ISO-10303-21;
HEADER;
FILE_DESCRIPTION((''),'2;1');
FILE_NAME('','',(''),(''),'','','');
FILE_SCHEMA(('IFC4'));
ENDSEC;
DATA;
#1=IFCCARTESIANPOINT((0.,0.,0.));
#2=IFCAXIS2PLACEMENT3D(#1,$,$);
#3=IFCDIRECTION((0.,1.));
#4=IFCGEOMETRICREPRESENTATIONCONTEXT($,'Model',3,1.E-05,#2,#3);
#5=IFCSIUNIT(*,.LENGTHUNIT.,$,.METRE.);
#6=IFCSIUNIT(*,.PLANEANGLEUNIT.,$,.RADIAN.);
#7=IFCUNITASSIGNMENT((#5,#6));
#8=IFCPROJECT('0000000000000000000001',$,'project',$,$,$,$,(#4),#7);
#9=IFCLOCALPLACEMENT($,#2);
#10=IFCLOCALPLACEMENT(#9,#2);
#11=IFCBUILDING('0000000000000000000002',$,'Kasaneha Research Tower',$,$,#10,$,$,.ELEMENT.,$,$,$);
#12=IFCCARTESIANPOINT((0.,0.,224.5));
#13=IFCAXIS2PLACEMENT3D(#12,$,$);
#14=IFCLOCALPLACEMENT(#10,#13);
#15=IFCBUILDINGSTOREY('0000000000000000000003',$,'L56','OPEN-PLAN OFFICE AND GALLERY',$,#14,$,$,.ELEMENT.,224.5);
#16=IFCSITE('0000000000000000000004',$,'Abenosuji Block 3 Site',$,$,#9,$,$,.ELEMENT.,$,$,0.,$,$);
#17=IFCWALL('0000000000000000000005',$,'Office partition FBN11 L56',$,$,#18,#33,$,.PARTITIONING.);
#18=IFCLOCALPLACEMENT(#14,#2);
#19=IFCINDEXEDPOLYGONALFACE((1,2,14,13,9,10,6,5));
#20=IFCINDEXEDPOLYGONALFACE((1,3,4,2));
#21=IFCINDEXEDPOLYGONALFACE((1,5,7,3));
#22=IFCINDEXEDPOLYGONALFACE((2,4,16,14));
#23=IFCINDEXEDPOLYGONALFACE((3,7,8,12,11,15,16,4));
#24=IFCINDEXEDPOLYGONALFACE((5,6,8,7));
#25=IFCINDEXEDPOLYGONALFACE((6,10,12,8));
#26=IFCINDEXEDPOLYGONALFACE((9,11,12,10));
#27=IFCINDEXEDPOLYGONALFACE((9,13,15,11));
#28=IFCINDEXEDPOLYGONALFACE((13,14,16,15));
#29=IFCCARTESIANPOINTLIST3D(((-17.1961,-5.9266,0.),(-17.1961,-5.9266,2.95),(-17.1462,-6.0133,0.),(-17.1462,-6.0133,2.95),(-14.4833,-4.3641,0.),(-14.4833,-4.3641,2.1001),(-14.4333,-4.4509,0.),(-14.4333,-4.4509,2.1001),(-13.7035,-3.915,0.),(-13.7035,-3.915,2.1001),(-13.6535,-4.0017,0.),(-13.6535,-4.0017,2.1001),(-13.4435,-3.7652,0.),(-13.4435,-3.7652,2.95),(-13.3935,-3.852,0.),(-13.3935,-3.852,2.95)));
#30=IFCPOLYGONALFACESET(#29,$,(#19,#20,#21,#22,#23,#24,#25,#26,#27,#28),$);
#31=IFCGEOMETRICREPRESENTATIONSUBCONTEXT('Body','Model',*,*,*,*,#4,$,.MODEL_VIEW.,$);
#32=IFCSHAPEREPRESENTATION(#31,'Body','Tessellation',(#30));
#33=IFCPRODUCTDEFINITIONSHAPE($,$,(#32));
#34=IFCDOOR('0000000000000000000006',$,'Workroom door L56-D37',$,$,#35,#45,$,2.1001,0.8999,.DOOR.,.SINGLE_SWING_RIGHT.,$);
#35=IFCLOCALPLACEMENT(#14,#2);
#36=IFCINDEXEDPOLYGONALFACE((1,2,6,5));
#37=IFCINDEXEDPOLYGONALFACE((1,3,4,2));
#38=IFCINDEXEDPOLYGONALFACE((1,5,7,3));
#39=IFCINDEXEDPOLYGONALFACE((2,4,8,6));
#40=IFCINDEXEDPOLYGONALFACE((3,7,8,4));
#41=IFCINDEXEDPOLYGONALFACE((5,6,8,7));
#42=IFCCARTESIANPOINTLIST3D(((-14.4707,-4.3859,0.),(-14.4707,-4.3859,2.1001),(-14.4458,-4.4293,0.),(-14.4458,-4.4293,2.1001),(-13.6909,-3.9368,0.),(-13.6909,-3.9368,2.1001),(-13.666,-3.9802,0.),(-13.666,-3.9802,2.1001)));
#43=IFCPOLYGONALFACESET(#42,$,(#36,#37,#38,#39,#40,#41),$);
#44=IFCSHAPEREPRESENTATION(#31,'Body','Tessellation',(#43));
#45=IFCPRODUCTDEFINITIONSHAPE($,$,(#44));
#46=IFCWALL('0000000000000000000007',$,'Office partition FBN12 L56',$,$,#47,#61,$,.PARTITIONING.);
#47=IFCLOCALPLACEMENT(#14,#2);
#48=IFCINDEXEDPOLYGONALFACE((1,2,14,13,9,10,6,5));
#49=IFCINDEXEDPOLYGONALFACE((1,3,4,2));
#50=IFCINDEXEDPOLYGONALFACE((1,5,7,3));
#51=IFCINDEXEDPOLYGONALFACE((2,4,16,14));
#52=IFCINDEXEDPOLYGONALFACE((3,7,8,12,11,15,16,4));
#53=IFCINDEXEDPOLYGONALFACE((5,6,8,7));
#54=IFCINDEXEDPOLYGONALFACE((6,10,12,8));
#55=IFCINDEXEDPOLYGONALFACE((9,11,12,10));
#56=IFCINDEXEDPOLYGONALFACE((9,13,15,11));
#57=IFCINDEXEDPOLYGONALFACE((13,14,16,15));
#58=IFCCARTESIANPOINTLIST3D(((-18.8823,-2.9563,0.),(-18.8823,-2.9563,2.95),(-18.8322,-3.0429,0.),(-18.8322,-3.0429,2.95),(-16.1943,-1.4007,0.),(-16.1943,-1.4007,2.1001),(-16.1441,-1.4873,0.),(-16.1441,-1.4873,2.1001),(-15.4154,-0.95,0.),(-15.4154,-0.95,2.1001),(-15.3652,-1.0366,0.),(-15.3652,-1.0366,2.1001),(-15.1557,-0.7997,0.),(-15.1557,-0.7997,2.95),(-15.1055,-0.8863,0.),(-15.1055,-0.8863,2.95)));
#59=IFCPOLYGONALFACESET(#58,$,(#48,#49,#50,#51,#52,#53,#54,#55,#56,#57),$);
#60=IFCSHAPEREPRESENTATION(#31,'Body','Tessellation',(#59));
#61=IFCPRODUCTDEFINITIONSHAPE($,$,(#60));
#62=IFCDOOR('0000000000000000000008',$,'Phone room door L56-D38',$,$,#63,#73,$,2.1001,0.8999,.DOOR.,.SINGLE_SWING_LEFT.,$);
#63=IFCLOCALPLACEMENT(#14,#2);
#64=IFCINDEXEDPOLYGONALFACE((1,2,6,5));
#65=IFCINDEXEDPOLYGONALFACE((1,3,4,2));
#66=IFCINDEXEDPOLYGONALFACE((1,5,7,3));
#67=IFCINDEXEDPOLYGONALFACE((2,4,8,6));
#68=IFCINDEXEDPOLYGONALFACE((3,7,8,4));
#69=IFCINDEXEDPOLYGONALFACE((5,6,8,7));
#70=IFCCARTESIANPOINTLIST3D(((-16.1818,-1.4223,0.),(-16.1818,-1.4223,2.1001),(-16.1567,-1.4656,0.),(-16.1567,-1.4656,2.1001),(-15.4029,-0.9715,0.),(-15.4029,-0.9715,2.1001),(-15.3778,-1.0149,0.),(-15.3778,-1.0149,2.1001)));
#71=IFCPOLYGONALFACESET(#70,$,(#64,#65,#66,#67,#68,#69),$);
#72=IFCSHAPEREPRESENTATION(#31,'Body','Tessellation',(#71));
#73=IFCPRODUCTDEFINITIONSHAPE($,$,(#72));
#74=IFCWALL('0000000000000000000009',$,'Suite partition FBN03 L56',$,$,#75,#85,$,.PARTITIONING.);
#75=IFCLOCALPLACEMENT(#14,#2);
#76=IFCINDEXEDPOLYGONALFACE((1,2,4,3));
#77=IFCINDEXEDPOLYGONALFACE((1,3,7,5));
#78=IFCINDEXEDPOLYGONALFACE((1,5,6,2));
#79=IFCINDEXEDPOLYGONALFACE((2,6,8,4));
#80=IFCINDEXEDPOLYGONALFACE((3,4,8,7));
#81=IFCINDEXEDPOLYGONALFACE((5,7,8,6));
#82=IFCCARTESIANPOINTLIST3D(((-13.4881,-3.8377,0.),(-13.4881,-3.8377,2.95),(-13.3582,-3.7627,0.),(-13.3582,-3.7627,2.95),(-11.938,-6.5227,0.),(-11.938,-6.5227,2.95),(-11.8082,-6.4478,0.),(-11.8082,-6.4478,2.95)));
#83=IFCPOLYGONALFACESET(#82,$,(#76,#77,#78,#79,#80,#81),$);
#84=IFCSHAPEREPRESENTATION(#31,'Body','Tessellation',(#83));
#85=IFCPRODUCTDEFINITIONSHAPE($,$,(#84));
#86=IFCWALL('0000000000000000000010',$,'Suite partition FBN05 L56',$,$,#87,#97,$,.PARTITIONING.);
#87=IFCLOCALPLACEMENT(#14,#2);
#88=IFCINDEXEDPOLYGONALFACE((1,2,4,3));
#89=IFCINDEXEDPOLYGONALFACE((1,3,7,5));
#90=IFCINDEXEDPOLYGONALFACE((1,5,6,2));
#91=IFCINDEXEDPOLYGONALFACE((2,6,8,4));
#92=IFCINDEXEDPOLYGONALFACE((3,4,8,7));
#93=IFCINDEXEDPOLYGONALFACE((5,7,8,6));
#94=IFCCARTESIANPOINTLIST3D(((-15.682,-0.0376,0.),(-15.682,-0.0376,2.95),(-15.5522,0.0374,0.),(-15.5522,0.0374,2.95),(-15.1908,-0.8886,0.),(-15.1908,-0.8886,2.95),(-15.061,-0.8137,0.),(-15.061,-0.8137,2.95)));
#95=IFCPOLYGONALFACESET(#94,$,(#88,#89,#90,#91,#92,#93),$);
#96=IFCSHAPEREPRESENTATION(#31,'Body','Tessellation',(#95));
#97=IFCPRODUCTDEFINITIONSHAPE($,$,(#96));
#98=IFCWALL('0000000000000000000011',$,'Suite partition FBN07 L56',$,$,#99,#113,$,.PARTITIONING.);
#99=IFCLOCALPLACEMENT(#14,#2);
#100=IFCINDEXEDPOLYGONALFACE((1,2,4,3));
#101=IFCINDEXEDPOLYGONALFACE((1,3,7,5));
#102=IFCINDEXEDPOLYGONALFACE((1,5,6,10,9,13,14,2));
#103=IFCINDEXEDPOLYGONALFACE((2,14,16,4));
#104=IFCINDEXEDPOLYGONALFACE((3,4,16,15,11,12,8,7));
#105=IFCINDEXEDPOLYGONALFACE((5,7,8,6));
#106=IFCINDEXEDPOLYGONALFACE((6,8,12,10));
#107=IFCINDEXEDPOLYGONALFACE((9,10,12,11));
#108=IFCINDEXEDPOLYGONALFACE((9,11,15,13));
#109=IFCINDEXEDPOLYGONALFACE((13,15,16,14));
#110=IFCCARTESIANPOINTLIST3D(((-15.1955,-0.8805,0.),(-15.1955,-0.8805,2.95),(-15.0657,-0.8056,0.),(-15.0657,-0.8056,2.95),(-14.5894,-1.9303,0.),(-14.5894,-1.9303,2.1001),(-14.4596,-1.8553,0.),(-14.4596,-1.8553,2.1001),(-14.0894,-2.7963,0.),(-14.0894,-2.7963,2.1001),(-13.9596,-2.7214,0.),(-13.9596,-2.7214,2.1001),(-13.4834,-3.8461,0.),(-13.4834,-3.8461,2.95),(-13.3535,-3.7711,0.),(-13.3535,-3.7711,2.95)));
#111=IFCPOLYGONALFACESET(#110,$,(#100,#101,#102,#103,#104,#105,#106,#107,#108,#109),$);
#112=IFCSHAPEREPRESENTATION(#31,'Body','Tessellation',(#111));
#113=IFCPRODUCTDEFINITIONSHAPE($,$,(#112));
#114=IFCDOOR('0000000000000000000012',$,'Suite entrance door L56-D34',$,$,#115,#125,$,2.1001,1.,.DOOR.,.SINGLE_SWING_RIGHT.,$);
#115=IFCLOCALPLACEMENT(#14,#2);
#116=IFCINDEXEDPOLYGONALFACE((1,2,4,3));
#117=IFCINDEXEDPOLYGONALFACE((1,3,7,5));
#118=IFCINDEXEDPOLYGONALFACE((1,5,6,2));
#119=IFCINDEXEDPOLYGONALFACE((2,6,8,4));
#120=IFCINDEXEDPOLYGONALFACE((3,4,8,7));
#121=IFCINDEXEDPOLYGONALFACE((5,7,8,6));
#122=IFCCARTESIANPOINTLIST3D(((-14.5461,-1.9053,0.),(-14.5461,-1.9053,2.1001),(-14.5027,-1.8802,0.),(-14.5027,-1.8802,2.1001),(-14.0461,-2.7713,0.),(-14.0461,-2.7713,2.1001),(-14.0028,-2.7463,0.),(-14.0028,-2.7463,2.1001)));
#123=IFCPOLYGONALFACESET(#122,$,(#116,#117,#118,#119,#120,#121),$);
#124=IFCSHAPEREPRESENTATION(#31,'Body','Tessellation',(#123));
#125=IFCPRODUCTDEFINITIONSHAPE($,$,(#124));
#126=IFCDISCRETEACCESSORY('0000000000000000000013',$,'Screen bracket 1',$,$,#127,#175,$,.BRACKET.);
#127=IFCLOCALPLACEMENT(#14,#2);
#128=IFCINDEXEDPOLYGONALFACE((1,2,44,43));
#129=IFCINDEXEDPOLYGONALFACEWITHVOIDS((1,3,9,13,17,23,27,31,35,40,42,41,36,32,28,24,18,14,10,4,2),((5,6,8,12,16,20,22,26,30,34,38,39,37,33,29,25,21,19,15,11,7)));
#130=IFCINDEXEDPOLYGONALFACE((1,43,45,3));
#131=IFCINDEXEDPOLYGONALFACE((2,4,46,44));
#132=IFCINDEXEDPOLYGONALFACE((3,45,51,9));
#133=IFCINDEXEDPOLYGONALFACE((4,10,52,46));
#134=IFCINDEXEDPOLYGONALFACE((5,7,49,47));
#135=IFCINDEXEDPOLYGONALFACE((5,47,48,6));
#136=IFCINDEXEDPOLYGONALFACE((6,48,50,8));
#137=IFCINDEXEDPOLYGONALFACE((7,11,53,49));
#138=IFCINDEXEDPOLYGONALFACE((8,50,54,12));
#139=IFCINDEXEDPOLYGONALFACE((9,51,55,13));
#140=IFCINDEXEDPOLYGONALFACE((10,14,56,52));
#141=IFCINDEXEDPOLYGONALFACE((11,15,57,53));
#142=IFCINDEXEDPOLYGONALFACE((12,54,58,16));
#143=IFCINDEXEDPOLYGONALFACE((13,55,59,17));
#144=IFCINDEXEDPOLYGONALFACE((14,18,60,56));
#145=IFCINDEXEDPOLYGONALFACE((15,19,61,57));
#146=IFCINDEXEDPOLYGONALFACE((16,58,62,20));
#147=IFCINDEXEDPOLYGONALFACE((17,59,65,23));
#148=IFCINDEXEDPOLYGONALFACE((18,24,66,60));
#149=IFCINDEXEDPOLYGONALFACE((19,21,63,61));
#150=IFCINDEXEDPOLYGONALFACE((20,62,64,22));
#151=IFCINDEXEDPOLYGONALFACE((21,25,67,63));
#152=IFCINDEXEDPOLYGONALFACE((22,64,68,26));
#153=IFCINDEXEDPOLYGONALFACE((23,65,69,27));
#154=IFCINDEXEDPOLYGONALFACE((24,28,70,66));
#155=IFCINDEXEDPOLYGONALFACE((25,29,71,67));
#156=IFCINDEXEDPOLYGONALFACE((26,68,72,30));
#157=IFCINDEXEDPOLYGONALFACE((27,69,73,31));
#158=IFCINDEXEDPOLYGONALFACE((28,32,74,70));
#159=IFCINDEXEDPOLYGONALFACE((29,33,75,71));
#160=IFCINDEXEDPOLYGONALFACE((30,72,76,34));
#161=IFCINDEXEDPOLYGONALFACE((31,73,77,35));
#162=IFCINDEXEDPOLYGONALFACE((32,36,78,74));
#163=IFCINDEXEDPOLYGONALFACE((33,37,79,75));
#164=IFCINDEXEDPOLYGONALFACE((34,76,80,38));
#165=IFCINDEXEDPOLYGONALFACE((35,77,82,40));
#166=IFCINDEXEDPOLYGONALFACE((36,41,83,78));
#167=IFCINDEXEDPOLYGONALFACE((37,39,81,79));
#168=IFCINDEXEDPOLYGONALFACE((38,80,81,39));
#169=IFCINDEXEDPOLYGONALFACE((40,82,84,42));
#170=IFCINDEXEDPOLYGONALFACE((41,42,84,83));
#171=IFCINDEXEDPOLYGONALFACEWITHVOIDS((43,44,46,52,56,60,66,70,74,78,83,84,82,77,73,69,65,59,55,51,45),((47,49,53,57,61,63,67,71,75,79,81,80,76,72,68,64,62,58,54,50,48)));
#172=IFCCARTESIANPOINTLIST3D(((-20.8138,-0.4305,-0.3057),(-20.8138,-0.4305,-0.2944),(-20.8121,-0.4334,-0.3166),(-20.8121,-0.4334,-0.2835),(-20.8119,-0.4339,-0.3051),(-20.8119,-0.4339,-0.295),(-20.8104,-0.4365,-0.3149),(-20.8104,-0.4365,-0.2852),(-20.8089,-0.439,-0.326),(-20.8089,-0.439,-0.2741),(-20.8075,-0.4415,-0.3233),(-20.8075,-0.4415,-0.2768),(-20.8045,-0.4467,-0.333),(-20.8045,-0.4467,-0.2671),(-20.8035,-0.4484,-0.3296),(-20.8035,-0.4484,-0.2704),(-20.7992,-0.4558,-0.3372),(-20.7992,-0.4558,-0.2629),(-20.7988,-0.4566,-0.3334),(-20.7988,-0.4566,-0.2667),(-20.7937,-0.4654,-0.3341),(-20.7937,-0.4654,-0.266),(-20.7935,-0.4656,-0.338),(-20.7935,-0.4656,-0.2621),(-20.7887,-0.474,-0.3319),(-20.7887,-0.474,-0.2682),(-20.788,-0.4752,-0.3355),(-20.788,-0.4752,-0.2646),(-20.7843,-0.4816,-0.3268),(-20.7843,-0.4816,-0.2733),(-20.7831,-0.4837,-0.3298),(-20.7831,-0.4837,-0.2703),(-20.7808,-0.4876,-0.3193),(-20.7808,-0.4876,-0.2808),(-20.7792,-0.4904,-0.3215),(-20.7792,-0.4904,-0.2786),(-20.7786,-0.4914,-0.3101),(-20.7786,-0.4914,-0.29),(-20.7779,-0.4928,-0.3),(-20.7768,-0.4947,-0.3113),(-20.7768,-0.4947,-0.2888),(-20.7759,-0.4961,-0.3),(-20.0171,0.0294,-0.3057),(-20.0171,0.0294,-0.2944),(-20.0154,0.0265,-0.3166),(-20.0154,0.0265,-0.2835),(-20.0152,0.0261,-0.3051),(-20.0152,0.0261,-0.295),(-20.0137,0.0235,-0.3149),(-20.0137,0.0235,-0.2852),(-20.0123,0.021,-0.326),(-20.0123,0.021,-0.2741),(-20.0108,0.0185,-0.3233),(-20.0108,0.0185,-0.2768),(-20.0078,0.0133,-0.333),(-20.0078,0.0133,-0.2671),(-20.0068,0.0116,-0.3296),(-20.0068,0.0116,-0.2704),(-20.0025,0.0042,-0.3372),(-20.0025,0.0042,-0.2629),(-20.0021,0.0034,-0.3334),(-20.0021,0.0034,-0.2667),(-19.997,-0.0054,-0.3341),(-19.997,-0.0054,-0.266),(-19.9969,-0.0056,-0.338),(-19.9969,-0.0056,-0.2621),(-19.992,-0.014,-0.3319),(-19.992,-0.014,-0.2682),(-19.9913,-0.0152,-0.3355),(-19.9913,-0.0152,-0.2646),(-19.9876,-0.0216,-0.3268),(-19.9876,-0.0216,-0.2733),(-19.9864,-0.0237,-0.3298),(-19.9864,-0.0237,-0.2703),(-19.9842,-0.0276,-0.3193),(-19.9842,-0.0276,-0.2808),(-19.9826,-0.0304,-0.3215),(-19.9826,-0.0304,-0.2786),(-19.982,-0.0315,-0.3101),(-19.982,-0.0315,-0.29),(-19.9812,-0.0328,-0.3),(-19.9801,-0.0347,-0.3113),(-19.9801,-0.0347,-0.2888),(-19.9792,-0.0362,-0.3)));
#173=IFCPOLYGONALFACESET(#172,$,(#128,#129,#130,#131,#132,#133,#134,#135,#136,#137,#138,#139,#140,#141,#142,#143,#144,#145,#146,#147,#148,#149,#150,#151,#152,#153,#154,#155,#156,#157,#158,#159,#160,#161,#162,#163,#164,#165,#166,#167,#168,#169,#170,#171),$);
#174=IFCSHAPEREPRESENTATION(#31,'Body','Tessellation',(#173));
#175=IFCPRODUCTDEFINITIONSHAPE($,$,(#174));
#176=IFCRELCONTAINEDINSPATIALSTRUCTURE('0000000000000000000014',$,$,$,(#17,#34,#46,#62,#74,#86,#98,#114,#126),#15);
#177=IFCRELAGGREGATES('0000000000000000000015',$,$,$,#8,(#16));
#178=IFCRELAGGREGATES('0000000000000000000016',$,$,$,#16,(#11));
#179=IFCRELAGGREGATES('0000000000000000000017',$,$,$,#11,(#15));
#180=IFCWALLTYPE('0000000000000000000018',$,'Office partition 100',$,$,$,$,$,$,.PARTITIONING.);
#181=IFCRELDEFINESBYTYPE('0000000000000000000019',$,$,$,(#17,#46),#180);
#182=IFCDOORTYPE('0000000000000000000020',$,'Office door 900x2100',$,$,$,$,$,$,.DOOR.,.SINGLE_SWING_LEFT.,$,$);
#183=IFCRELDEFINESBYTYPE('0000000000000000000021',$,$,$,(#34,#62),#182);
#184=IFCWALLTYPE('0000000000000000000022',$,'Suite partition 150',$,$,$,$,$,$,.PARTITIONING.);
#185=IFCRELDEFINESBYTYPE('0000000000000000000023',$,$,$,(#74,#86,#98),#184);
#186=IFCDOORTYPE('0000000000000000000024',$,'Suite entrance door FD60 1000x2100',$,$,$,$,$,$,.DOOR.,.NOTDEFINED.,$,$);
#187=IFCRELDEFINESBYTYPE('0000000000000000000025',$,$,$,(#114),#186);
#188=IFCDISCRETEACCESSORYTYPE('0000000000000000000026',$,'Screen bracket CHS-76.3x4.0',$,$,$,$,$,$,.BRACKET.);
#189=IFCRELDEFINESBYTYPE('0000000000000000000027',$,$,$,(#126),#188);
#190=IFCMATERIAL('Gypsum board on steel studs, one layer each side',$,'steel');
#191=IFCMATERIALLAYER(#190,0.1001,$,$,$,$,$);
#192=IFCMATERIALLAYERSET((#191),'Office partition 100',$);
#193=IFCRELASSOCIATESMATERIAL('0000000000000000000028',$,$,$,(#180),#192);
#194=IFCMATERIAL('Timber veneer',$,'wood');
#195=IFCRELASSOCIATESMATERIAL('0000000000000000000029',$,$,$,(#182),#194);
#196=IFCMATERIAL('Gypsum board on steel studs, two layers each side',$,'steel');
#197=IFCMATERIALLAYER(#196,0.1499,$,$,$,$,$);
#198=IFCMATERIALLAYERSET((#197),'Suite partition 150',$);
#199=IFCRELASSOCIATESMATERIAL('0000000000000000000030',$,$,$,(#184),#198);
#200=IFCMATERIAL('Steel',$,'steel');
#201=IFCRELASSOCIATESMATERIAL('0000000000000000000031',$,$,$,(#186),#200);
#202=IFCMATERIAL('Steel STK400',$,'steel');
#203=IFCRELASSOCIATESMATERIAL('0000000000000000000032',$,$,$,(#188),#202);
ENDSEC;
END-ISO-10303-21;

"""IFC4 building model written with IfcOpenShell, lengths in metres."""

from ifc_helpers import new_model, si_unit, direction, frame, frame_2d, origin, origin_2d, place, context, subcontext, project, spatial, rectangle, hollow_circle, extrude, material, layer, layer_set, material_profile, profile_set, type_object, element, fill, save


model = new_model("IFC4")

# Units and contexts
model_context = context("Model", 3, precision=1e-05, world=origin(), true_north=direction((0.0, 1.0)))
body_context = subcontext(model_context, "Body", "Model", "MODEL_VIEW")
ifc_project = project(units=[si_unit("LENGTHUNIT", "METRE"), si_unit("PLANEANGLEUNIT", "RADIAN")], contexts=[model_context])

# Site, building, storey
site_placement = place(None, origin())
site = spatial("IfcSite", under=ifc_project, at=site_placement, Name="Abenosuji Block 3 Site", CompositionType="ELEMENT", RefElevation=0.0)
building_placement = place(site_placement, origin())
building = spatial("IfcBuilding", under=site, at=building_placement, Name="Kasaneha Research Tower", CompositionType="ELEMENT")
storey_placement = place(building_placement, frame((0.0, 0.0, 224.5)))
storey = spatial("IfcBuildingStorey", under=building, at=storey_placement, Name="L56", Description="OPEN-PLAN OFFICE AND GALLERY", CompositionType="ELEMENT", Elevation=224.5)

# Walls, openings, doors
ifc_material_1 = material(Name="Gypsum board on steel studs, one layer each side", Category="steel")
ifc_layer_1 = layer(ifc_material_1, 0.1001)
ifc_layer_set_1 = layer_set([ifc_layer_1], Name="Office partition 100")
wall_type_1 = type_object("IfcWallType", Name="Office partition 100", PredefinedType="PARTITIONING", material=ifc_layer_set_1)
wall_1_placement = place(storey_placement, frame((-17.1711, -5.97, 0.0), z_axis=(0.0, 0.0, 1.0), x_axis=(0.866549, 0.499093, 0.0)))
wall_1 = element("IfcWall", 1, at=wall_1_placement, inside=storey, type_object=wall_type_1, Name="Office partition FBN11 L56", PredefinedType="PARTITIONING", context=body_context, shape_type="SweptSolid", body=[
    extrude(rectangle(XDim=4.3306, YDim=0.1001, at=frame_2d((2.1653, 0.0))), origin(), (0.0, 0.0, 1.0), 2.95),
])
opening_1_placement = place(wall_1_placement, frame((3.1306, 0.0, 0.0)))
opening_1 = element("IfcOpeningElement", 2, at=opening_1_placement, cuts=wall_1, PredefinedType="OPENING", context=body_context, shape_type="SweptSolid", body=[
    extrude(rectangle(XDim=0.8999, YDim=2.1001, at=frame_2d((0.45, 1.05))), frame((0.0, 0.0601, 0.0), z_axis=(0.0, -1.0, 0.0), x_axis=(1.0, 0.0, 0.0)), (0.0, 0.0, 1.0), 0.1201),
])
ifc_material_2 = material(Name="Timber veneer", Category="wood")
door_type_1 = type_object("IfcDoorType", Name="Office door 900x2100", OperationType="SINGLE_SWING_LEFT", PredefinedType="DOOR", material=ifc_material_2)
door_1_placement = place(opening_1_placement, origin())
door_1 = element("IfcDoor", 3, at=door_1_placement, inside=storey, type_object=door_type_1, Name="Workroom door L56-D37", OperationType="SINGLE_SWING_RIGHT", OverallHeight=2.1001, OverallWidth=0.8999, PredefinedType="DOOR", context=body_context, shape_type="SweptSolid", body=[
    extrude(rectangle(XDim=0.8999, YDim=2.1001, at=frame_2d((0.45, 1.05))), frame((0.0, 0.0249, 0.0), z_axis=(0.0, -1.0, 0.0), x_axis=(1.0, 0.0, 0.0)), (0.0, 0.0, 1.0), 0.05),
])
fill(opening_1, door_1)
wall_2_placement = place(storey_placement, frame((-15.1306, -0.843, 0.0), z_axis=(0.0, 0.0, 1.0), x_axis=(-0.865526, -0.500864, 0.0)))
wall_2 = element("IfcWall", 4, at=wall_2_placement, inside=storey, type_object=wall_type_1, Name="Office partition FBN12 L56", PredefinedType="PARTITIONING", context=body_context, shape_type="SweptSolid", body=[
    extrude(rectangle(XDim=4.3057, YDim=0.1001, at=frame_2d((2.1528, 0.0))), origin(), (0.0, 0.0, 1.0), 2.95),
])
opening_2_placement = place(wall_2_placement, frame((0.3, 0.0, 0.0)))
opening_2 = element("IfcOpeningElement", 5, at=opening_2_placement, cuts=wall_2, PredefinedType="OPENING", context=body_context, shape_type="SweptSolid", body=[
    extrude(rectangle(XDim=0.8999, YDim=2.1001, at=frame_2d((0.45, 1.05))), frame((0.0, 0.0601, 0.0), z_axis=(0.0, -1.0, 0.0), x_axis=(1.0, 0.0, 0.0)), (0.0, 0.0, 1.0), 0.1201),
])
door_2_placement = place(opening_2_placement, origin())
door_2 = element("IfcDoor", 6, at=door_2_placement, inside=storey, type_object=door_type_1, Name="Phone room door L56-D38", OperationType="SINGLE_SWING_LEFT", OverallHeight=2.1001, OverallWidth=0.8999, PredefinedType="DOOR", context=body_context, shape_type="SweptSolid", body=[
    extrude(rectangle(XDim=0.8999, YDim=2.1001, at=frame_2d((0.45, 1.05))), frame((0.0, 0.0249, 0.0), z_axis=(0.0, -1.0, 0.0), x_axis=(1.0, 0.0, 0.0)), (0.0, 0.0, 1.0), 0.05),
])
fill(opening_2, door_2)

# Walls
ifc_material_3 = material(Name="Gypsum board on steel studs, two layers each side", Category="steel")
ifc_layer_2 = layer(ifc_material_3, 0.1499)
ifc_layer_set_2 = layer_set([ifc_layer_2], Name="Suite partition 150")
wall_type_2 = type_object("IfcWallType", Name="Suite partition 150", PredefinedType="PARTITIONING", material=ifc_layer_set_2)
wall_3_placement = place(storey_placement, frame((-11.873, -6.4854, 0.0), z_axis=(0.0, 0.0, 1.0), x_axis=(-0.499959, 0.866049, 0.0)))
element("IfcWall", 7, at=wall_3_placement, inside=storey, type_object=wall_type_2, Name="Suite partition FBN03 L56", PredefinedType="PARTITIONING", context=body_context, shape_type="SweptSolid", body=[
    extrude(rectangle(XDim=3.1003, YDim=0.1499, at=frame_2d((1.5503, 0.0))), origin(), (0.0, 0.0, 1.0), 2.95),
])
wall_4_placement = place(storey_placement, frame((-15.126, -0.8511, 0.0), z_axis=(0.0, 0.0, 1.0), x_axis=(-0.49988, 0.866095, 0.0)))
element("IfcWall", 8, at=wall_4_placement, inside=storey, type_object=wall_type_2, Name="Suite partition FBN05 L56", PredefinedType="PARTITIONING", context=body_context, shape_type="SweptSolid", body=[
    extrude(rectangle(XDim=0.9827, YDim=0.1499, at=frame_2d((0.4912, 0.0))), origin(), (0.0, 0.0, 1.0), 2.95),
])

# Wall, opening, door
wall_5_placement = place(storey_placement, frame((-13.4185, -3.8086, 0.0), z_axis=(0.0, 0.0, 1.0), x_axis=(-0.499996, 0.866028, 0.0)))
wall_5 = element("IfcWall", 9, at=wall_5_placement, inside=storey, type_object=wall_type_2, Name="Suite partition FBN07 L56", PredefinedType="PARTITIONING", context=body_context, shape_type="SweptSolid", body=[
    extrude(rectangle(XDim=3.4243, YDim=0.1499, at=frame_2d((1.7122, 0.0))), origin(), (0.0, 0.0, 1.0), 2.95),
])
opening_3_placement = place(wall_5_placement, frame((1.2122, 0.0, 0.0)))
opening_3 = element("IfcOpeningElement", 10, at=opening_3_placement, cuts=wall_5, PredefinedType="OPENING", context=body_context, shape_type="SweptSolid", body=[
    extrude(rectangle(XDim=1.0, YDim=2.1001, at=frame_2d((0.5, 1.05))), frame((0.0, 0.085, 0.0), z_axis=(0.0, -1.0, 0.0), x_axis=(1.0, 0.0, 0.0)), (0.0, 0.0, 1.0), 0.1699),
])
ifc_material_4 = material(Name="Steel", Category="steel")
door_type_2 = type_object("IfcDoorType", Name="Suite entrance door FD60 1000x2100", OperationType="NOTDEFINED", PredefinedType="DOOR", material=ifc_material_4)
door_3_placement = place(opening_3_placement, origin())
door_3 = element("IfcDoor", 11, at=door_3_placement, inside=storey, type_object=door_type_2, Name="Suite entrance door L56-D34", OperationType="SINGLE_SWING_RIGHT", OverallHeight=2.1001, OverallWidth=1.0, PredefinedType="DOOR", context=body_context, shape_type="SweptSolid", body=[
    extrude(rectangle(XDim=1.0, YDim=2.1001, at=frame_2d((0.5, 1.05))), frame((0.0, 0.0249, 0.0), z_axis=(0.0, -1.0, 0.0), x_axis=(1.0, 0.0, 0.0)), (0.0, 0.0, 1.0), 0.05),
])
fill(opening_3, door_3)

# Discrete accessory
ifc_material_5 = material(Name="Steel STK400", Category="steel")
ifc_material_profile_1 = material_profile(ifc_material_5, hollow_circle(Radius=0.0381, WallThickness=0.0039, at=origin_2d()), Name="CHS-76.3x4.0")
ifc_profile_set_1 = profile_set([ifc_material_profile_1], Name="Steel STK400")
discrete_accessory_type = type_object("IfcDiscreteAccessoryType", Name="Screen bracket CHS-76.3x4.0", PredefinedType="BRACKET", material=ifc_profile_set_1)
discrete_accessory_placement = place(storey_placement, frame((-19.9983, -0.0032, -0.3), z_axis=(-0.866013, -0.500021, 0.0), x_axis=(0.500021, -0.866013, 0.0)))
element("IfcDiscreteAccessory", 12, at=discrete_accessory_placement, inside=storey, type_object=discrete_accessory_type, Name="Screen bracket 1", PredefinedType="BRACKET", context=body_context, shape_type="SweptSolid", body=[
    extrude(hollow_circle(Radius=0.0381, WallThickness=0.0039, at=origin_2d()), origin(), (0.0, 0.0, 1.0), 0.9199),
])

save(model, "model.ifc")
